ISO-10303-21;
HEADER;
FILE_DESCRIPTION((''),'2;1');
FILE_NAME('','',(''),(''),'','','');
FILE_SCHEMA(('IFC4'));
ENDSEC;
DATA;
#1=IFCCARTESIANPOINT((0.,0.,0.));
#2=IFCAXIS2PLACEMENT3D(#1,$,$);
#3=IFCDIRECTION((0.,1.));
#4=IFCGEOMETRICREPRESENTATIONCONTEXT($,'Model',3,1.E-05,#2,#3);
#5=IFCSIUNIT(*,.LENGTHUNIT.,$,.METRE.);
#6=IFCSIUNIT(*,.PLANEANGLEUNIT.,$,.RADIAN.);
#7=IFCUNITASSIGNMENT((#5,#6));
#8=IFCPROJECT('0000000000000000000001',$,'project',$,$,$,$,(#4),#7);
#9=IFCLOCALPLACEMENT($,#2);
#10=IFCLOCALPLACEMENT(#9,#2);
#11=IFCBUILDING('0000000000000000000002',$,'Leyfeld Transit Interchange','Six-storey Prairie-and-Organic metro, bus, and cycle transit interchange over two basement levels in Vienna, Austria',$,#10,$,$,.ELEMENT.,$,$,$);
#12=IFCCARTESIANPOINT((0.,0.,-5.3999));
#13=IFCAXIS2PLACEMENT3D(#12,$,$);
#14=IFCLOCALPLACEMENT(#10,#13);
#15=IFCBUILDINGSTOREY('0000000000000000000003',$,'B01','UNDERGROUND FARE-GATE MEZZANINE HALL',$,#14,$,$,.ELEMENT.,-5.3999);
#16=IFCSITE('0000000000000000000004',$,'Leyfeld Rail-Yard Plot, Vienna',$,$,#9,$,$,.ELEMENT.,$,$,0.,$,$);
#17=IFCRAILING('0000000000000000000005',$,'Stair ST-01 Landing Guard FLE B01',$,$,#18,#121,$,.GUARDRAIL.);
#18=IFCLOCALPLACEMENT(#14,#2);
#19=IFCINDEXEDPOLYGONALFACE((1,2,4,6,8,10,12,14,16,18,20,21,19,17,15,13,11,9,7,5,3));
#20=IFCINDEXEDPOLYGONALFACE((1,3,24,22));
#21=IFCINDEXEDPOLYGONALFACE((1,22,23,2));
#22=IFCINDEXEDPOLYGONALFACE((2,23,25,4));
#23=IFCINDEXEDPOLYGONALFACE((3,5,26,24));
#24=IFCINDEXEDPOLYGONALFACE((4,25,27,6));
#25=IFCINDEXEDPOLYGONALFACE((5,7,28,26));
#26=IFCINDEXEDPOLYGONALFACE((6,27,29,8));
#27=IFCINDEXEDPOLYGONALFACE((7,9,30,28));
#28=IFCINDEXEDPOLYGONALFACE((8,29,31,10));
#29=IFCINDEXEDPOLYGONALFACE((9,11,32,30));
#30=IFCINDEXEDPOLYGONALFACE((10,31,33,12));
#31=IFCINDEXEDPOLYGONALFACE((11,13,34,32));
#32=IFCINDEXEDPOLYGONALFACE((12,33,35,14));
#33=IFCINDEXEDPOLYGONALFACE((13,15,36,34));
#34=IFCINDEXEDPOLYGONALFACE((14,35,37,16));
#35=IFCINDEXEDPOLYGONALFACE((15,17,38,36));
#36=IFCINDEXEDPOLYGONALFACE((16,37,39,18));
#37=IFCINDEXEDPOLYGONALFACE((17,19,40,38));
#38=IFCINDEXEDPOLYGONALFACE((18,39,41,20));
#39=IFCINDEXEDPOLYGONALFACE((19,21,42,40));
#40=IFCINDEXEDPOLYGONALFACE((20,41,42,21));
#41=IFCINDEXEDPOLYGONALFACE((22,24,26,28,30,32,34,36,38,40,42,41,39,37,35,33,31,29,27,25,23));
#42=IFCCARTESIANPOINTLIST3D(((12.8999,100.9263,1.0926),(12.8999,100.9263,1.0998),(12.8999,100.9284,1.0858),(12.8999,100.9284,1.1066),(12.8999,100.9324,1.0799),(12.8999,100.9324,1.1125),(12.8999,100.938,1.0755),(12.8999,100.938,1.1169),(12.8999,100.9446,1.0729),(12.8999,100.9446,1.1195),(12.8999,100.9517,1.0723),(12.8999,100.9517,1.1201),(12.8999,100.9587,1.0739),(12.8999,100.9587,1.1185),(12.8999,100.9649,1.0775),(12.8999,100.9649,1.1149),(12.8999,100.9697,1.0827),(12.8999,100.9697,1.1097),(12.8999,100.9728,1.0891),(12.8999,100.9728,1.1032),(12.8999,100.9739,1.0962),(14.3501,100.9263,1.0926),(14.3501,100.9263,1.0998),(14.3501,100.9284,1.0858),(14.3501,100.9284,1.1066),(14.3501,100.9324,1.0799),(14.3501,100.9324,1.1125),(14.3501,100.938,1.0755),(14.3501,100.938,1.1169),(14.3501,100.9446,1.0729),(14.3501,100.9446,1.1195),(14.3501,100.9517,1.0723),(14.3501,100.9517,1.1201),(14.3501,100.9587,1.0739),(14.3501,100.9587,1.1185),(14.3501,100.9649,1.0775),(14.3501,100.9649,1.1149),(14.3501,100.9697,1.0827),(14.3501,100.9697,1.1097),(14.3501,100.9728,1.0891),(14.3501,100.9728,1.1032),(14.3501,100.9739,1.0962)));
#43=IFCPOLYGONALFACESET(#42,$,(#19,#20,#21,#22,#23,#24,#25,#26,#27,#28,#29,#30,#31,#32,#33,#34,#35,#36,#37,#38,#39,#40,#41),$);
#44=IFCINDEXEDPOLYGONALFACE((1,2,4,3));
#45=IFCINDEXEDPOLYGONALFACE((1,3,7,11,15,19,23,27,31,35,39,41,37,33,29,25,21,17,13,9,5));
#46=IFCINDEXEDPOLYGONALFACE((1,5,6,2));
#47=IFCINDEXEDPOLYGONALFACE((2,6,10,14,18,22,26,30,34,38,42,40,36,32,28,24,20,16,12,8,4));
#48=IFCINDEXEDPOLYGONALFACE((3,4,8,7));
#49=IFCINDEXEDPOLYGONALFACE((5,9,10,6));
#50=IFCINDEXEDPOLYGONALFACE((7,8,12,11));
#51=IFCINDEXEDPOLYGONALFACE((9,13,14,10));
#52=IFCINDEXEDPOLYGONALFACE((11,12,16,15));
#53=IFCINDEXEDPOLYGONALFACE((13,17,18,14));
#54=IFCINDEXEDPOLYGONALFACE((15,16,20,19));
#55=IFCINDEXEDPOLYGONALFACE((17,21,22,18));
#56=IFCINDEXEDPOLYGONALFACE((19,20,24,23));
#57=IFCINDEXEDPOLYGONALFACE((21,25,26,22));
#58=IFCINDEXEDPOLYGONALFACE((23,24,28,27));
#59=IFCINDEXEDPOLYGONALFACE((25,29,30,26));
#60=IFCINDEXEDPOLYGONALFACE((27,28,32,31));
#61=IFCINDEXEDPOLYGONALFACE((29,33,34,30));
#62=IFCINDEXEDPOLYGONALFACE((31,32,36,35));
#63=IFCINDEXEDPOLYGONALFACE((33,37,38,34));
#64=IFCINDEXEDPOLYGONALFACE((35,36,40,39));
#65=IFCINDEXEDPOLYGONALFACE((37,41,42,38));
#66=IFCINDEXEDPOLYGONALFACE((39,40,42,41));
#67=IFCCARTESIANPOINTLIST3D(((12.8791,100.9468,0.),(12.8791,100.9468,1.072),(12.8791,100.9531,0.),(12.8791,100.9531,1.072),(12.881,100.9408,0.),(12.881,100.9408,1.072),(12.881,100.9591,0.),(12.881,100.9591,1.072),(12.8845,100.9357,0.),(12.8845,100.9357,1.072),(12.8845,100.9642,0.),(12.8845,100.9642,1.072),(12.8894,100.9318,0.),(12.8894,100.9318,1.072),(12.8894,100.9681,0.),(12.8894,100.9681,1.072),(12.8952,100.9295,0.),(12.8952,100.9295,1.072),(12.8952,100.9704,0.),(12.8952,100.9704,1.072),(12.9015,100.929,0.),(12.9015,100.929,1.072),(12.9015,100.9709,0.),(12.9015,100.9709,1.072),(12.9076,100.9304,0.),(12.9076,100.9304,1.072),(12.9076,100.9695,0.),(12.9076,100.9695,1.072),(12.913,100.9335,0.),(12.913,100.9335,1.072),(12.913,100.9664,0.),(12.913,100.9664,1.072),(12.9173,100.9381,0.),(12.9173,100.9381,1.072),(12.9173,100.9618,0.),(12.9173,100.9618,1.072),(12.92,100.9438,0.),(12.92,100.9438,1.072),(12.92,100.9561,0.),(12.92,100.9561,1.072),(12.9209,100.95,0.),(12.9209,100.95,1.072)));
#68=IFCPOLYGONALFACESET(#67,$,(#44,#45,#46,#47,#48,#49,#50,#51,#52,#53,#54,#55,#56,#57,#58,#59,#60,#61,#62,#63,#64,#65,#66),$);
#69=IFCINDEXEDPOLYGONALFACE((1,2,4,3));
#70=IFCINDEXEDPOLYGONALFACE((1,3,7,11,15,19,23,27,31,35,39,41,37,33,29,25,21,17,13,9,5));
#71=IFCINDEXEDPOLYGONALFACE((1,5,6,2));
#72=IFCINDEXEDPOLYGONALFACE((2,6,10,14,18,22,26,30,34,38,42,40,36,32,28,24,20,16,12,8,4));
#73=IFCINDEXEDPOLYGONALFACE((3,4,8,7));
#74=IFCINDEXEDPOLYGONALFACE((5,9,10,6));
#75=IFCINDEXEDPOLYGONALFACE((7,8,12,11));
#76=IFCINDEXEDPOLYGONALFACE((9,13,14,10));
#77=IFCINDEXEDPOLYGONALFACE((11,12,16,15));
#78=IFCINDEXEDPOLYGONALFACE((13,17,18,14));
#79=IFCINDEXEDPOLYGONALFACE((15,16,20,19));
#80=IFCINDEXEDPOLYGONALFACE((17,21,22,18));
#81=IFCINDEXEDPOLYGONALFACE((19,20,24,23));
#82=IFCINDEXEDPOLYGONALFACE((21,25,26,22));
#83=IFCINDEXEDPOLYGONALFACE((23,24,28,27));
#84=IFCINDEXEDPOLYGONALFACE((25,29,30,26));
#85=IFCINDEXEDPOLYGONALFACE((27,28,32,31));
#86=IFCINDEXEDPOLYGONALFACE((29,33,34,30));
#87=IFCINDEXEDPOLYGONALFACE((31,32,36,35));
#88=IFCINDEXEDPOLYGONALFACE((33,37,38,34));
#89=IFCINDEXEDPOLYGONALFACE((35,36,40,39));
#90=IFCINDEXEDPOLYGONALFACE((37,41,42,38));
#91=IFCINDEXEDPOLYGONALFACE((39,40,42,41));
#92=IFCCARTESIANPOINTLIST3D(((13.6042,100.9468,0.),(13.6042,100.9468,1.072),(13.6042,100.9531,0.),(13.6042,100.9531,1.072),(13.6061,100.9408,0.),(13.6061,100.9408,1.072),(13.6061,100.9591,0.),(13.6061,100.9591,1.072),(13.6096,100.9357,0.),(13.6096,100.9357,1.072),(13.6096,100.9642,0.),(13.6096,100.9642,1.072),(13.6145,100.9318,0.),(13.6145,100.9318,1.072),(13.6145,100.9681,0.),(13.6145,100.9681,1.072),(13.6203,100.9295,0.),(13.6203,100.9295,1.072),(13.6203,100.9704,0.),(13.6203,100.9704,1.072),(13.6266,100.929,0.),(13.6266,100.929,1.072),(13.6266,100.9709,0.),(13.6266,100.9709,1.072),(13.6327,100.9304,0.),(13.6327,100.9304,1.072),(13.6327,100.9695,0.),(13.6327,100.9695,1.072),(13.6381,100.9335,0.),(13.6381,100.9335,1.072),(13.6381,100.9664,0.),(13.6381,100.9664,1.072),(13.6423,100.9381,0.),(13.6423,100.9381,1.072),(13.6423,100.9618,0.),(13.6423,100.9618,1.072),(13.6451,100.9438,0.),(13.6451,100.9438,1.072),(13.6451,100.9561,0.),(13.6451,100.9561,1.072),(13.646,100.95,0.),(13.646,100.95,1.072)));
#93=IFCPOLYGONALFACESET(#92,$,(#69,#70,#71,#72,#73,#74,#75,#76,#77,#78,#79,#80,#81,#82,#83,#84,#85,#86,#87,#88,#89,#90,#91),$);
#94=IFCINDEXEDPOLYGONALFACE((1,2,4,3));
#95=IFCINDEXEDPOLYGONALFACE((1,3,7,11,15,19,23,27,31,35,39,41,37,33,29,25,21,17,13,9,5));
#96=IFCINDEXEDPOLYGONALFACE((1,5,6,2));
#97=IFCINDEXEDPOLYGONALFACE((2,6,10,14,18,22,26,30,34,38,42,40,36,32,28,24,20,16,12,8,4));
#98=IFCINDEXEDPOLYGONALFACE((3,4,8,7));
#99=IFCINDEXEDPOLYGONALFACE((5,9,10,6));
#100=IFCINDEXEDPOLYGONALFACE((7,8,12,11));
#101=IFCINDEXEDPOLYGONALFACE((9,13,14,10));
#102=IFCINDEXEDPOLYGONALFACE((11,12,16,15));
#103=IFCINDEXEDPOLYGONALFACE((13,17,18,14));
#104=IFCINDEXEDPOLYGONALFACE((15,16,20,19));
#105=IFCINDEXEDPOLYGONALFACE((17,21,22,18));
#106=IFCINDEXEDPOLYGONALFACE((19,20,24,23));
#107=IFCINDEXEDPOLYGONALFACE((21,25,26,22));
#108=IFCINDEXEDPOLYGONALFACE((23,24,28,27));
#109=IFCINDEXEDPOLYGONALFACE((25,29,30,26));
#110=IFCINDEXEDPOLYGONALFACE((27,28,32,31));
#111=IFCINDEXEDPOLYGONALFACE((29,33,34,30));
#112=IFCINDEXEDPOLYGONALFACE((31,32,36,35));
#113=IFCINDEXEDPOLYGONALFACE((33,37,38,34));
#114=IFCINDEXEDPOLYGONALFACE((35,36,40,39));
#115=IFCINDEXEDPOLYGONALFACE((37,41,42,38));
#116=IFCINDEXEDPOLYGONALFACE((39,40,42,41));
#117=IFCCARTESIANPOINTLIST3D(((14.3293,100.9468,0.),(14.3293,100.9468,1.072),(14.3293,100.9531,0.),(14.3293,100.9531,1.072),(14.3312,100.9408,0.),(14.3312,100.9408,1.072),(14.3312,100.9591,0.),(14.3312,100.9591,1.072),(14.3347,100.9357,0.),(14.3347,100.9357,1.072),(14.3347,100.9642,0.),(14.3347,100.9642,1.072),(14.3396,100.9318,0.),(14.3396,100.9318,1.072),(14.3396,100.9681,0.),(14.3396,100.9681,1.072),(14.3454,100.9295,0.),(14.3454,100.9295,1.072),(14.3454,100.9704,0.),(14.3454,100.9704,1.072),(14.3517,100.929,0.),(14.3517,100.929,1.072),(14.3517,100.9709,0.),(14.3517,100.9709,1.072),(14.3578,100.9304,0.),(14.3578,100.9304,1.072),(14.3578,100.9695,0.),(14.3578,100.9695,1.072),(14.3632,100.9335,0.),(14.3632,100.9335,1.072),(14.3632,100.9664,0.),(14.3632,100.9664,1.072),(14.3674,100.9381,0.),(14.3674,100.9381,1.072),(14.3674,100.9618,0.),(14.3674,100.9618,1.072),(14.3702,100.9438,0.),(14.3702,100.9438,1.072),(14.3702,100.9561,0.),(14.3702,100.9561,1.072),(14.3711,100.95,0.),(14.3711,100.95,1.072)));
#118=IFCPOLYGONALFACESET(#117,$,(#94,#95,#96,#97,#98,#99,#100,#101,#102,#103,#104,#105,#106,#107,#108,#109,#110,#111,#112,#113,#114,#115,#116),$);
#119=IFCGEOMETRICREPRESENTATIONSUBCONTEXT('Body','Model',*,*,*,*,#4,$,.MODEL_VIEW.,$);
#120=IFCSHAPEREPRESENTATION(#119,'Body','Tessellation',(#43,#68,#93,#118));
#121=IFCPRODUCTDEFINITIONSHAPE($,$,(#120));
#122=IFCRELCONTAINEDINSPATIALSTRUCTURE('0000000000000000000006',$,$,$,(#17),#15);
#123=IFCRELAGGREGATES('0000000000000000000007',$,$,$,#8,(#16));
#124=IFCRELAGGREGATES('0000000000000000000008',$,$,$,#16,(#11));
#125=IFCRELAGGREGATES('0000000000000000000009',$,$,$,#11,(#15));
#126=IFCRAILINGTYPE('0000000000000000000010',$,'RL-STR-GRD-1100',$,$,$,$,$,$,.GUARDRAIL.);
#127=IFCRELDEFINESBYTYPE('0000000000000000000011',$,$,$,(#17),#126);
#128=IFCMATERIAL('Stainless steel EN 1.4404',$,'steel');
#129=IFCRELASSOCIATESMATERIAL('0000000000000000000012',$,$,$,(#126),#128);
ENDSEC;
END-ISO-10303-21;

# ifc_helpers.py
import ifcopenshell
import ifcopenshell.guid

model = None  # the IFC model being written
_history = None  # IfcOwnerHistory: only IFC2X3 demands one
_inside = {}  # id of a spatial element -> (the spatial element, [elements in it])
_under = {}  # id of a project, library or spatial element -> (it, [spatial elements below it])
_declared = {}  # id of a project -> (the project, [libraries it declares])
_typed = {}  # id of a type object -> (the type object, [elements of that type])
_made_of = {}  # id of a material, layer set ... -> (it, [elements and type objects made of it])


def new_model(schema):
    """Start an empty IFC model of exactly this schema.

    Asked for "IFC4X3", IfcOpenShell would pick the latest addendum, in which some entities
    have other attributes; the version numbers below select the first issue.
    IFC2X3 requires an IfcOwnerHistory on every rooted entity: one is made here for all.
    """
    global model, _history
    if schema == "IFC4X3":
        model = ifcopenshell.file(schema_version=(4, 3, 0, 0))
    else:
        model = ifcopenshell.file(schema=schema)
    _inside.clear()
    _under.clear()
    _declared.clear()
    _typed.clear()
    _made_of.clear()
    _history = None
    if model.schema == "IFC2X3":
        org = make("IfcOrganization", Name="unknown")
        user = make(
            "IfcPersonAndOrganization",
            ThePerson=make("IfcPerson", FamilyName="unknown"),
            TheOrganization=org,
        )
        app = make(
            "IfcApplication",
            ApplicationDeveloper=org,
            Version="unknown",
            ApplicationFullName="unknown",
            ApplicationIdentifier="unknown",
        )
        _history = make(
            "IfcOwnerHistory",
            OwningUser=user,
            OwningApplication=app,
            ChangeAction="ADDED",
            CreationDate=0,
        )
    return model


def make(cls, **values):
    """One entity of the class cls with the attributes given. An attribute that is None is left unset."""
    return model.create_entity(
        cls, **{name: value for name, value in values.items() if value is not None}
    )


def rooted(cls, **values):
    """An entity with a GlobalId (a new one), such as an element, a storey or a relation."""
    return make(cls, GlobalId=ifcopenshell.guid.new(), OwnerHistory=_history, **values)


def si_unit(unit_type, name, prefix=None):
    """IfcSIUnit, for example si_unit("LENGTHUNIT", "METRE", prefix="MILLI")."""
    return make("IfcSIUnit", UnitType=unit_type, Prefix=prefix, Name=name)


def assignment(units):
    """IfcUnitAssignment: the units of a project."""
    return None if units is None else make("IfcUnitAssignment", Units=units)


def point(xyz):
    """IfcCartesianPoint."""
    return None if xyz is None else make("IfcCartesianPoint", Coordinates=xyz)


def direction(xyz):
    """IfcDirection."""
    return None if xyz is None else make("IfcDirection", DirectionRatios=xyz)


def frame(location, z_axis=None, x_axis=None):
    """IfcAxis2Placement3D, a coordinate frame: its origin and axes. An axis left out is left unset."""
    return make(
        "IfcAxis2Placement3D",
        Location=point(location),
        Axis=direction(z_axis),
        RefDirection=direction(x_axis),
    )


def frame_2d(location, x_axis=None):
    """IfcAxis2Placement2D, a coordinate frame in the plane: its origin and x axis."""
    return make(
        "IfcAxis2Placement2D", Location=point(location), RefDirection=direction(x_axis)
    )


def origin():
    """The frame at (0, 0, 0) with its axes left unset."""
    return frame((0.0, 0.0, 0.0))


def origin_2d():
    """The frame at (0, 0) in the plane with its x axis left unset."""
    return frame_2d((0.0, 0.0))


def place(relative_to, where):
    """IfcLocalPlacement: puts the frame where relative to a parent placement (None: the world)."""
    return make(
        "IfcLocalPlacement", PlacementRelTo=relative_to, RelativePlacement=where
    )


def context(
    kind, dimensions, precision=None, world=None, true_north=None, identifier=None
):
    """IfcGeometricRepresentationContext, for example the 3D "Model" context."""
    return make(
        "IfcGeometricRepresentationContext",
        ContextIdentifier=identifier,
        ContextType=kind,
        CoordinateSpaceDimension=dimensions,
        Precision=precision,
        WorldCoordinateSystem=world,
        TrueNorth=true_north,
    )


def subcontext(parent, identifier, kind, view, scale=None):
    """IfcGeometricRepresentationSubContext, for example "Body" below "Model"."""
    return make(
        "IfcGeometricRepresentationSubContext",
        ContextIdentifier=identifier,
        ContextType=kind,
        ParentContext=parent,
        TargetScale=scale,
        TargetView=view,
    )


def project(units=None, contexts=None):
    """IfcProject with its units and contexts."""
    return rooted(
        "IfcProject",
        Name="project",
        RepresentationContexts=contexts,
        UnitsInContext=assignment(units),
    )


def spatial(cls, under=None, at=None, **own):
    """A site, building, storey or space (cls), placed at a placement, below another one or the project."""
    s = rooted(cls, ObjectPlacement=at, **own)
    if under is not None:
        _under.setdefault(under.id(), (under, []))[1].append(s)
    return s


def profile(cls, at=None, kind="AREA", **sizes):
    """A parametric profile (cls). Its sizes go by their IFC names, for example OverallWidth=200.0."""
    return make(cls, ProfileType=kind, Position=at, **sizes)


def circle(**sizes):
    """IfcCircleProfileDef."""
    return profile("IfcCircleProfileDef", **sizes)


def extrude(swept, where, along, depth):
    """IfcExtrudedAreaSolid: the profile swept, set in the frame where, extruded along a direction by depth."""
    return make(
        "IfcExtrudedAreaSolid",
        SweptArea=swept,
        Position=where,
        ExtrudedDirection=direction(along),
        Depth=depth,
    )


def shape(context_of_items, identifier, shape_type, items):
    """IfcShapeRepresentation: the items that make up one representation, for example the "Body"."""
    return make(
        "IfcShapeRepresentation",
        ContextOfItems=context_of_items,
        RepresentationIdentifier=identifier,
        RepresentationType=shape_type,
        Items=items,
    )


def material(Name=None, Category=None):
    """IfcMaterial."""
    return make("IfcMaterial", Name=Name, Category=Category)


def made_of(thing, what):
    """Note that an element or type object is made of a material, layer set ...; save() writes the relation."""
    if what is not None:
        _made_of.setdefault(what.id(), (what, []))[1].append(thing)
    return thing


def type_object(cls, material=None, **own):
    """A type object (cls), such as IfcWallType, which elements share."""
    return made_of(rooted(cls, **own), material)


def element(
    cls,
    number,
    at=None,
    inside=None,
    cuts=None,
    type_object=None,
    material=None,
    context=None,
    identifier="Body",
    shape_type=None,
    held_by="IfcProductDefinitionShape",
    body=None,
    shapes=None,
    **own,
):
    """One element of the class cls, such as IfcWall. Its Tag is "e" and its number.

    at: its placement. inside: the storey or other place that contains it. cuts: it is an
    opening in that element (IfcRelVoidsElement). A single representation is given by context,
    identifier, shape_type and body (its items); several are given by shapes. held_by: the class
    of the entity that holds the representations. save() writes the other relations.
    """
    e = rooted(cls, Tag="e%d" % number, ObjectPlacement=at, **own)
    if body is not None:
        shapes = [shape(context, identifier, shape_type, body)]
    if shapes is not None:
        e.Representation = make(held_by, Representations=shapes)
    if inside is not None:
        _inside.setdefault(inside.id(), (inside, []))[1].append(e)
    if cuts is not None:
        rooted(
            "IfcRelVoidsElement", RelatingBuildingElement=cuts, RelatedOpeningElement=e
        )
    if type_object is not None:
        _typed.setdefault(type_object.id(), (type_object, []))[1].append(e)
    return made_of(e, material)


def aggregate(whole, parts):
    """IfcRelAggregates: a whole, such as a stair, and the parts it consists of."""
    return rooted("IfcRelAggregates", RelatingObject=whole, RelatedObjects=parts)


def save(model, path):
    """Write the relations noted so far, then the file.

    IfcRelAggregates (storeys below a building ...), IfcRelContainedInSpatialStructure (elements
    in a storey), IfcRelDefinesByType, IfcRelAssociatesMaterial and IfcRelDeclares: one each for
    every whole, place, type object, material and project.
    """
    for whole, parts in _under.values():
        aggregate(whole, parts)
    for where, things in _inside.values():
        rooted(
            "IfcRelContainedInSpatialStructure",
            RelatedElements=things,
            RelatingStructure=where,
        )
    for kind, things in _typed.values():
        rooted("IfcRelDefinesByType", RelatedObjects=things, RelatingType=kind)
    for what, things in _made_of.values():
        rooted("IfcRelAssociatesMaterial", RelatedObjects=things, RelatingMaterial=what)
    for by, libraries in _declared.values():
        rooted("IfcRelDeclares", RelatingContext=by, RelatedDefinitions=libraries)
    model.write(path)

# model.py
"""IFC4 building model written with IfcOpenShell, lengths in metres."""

from ifc_helpers import new_model, si_unit, direction, frame, origin, origin_2d, place, context, subcontext, project, spatial, circle, extrude, material, type_object, element, save


model = new_model("IFC4")

# Units and contexts
model_context = context("Model", 3, precision=1e-05, world=origin(), true_north=direction((0.0, 1.0)))
body_context = subcontext(model_context, "Body", "Model", "MODEL_VIEW")
ifc_project = project(units=[si_unit("LENGTHUNIT", "METRE"), si_unit("PLANEANGLEUNIT", "RADIAN")], contexts=[model_context])

# Site, building, storey
site_placement = place(None, origin())
site = spatial("IfcSite", under=ifc_project, at=site_placement, Name="Leyfeld Rail-Yard Plot, Vienna", CompositionType="ELEMENT", RefElevation=0.0)
building_placement = place(site_placement, origin())
building = spatial("IfcBuilding", under=site, at=building_placement, Name="Leyfeld Transit Interchange", Description="Six-storey Prairie-and-Organic metro, bus, and cycle transit interchange over two basement levels in Vienna, Austria", CompositionType="ELEMENT")
storey_placement = place(building_placement, frame((0.0, 0.0, -5.3999)))
storey = spatial("IfcBuildingStorey", under=building, at=storey_placement, Name="B01", Description="UNDERGROUND FARE-GATE MEZZANINE HALL", CompositionType="ELEMENT", Elevation=-5.3999)

# Railing
ifc_material_1 = material(Name="Stainless steel EN 1.4404", Category="steel")
railing_type_1 = type_object("IfcRailingType", Name="RL-STR-GRD-1100", PredefinedType="GUARDRAIL", material=ifc_material_1)
railing_1_placement = place(storey_placement, frame((12.8999, 100.95, 0.0)))
element("IfcRailing", 1, at=railing_1_placement, inside=storey, type_object=railing_type_1, Name="Stair ST-01 Landing Guard FLE B01", PredefinedType="GUARDRAIL", context=body_context, shape_type="SweptSolid", body=[
    extrude(circle(Radius=0.0239, at=origin_2d()), frame((0.0, 0.0, 1.0962), z_axis=(1.0, 0.0, 0.0), x_axis=(0.0, 1.0, 0.0)), (0.0, 0.0, 1.0), 1.4502),
    extrude(circle(Radius=0.021, at=origin_2d()), origin(), (0.0, 0.0, 1.0), 1.072),
    extrude(circle(Radius=0.021, at=origin_2d()), frame((0.7251, 0.0, 0.0)), (0.0, 0.0, 1.0), 1.072),
    extrude(circle(Radius=0.021, at=origin_2d()), frame((1.4502, 0.0, 0.0)), (0.0, 0.0, 1.0), 1.072),
])

save(model, "model.ifc")
